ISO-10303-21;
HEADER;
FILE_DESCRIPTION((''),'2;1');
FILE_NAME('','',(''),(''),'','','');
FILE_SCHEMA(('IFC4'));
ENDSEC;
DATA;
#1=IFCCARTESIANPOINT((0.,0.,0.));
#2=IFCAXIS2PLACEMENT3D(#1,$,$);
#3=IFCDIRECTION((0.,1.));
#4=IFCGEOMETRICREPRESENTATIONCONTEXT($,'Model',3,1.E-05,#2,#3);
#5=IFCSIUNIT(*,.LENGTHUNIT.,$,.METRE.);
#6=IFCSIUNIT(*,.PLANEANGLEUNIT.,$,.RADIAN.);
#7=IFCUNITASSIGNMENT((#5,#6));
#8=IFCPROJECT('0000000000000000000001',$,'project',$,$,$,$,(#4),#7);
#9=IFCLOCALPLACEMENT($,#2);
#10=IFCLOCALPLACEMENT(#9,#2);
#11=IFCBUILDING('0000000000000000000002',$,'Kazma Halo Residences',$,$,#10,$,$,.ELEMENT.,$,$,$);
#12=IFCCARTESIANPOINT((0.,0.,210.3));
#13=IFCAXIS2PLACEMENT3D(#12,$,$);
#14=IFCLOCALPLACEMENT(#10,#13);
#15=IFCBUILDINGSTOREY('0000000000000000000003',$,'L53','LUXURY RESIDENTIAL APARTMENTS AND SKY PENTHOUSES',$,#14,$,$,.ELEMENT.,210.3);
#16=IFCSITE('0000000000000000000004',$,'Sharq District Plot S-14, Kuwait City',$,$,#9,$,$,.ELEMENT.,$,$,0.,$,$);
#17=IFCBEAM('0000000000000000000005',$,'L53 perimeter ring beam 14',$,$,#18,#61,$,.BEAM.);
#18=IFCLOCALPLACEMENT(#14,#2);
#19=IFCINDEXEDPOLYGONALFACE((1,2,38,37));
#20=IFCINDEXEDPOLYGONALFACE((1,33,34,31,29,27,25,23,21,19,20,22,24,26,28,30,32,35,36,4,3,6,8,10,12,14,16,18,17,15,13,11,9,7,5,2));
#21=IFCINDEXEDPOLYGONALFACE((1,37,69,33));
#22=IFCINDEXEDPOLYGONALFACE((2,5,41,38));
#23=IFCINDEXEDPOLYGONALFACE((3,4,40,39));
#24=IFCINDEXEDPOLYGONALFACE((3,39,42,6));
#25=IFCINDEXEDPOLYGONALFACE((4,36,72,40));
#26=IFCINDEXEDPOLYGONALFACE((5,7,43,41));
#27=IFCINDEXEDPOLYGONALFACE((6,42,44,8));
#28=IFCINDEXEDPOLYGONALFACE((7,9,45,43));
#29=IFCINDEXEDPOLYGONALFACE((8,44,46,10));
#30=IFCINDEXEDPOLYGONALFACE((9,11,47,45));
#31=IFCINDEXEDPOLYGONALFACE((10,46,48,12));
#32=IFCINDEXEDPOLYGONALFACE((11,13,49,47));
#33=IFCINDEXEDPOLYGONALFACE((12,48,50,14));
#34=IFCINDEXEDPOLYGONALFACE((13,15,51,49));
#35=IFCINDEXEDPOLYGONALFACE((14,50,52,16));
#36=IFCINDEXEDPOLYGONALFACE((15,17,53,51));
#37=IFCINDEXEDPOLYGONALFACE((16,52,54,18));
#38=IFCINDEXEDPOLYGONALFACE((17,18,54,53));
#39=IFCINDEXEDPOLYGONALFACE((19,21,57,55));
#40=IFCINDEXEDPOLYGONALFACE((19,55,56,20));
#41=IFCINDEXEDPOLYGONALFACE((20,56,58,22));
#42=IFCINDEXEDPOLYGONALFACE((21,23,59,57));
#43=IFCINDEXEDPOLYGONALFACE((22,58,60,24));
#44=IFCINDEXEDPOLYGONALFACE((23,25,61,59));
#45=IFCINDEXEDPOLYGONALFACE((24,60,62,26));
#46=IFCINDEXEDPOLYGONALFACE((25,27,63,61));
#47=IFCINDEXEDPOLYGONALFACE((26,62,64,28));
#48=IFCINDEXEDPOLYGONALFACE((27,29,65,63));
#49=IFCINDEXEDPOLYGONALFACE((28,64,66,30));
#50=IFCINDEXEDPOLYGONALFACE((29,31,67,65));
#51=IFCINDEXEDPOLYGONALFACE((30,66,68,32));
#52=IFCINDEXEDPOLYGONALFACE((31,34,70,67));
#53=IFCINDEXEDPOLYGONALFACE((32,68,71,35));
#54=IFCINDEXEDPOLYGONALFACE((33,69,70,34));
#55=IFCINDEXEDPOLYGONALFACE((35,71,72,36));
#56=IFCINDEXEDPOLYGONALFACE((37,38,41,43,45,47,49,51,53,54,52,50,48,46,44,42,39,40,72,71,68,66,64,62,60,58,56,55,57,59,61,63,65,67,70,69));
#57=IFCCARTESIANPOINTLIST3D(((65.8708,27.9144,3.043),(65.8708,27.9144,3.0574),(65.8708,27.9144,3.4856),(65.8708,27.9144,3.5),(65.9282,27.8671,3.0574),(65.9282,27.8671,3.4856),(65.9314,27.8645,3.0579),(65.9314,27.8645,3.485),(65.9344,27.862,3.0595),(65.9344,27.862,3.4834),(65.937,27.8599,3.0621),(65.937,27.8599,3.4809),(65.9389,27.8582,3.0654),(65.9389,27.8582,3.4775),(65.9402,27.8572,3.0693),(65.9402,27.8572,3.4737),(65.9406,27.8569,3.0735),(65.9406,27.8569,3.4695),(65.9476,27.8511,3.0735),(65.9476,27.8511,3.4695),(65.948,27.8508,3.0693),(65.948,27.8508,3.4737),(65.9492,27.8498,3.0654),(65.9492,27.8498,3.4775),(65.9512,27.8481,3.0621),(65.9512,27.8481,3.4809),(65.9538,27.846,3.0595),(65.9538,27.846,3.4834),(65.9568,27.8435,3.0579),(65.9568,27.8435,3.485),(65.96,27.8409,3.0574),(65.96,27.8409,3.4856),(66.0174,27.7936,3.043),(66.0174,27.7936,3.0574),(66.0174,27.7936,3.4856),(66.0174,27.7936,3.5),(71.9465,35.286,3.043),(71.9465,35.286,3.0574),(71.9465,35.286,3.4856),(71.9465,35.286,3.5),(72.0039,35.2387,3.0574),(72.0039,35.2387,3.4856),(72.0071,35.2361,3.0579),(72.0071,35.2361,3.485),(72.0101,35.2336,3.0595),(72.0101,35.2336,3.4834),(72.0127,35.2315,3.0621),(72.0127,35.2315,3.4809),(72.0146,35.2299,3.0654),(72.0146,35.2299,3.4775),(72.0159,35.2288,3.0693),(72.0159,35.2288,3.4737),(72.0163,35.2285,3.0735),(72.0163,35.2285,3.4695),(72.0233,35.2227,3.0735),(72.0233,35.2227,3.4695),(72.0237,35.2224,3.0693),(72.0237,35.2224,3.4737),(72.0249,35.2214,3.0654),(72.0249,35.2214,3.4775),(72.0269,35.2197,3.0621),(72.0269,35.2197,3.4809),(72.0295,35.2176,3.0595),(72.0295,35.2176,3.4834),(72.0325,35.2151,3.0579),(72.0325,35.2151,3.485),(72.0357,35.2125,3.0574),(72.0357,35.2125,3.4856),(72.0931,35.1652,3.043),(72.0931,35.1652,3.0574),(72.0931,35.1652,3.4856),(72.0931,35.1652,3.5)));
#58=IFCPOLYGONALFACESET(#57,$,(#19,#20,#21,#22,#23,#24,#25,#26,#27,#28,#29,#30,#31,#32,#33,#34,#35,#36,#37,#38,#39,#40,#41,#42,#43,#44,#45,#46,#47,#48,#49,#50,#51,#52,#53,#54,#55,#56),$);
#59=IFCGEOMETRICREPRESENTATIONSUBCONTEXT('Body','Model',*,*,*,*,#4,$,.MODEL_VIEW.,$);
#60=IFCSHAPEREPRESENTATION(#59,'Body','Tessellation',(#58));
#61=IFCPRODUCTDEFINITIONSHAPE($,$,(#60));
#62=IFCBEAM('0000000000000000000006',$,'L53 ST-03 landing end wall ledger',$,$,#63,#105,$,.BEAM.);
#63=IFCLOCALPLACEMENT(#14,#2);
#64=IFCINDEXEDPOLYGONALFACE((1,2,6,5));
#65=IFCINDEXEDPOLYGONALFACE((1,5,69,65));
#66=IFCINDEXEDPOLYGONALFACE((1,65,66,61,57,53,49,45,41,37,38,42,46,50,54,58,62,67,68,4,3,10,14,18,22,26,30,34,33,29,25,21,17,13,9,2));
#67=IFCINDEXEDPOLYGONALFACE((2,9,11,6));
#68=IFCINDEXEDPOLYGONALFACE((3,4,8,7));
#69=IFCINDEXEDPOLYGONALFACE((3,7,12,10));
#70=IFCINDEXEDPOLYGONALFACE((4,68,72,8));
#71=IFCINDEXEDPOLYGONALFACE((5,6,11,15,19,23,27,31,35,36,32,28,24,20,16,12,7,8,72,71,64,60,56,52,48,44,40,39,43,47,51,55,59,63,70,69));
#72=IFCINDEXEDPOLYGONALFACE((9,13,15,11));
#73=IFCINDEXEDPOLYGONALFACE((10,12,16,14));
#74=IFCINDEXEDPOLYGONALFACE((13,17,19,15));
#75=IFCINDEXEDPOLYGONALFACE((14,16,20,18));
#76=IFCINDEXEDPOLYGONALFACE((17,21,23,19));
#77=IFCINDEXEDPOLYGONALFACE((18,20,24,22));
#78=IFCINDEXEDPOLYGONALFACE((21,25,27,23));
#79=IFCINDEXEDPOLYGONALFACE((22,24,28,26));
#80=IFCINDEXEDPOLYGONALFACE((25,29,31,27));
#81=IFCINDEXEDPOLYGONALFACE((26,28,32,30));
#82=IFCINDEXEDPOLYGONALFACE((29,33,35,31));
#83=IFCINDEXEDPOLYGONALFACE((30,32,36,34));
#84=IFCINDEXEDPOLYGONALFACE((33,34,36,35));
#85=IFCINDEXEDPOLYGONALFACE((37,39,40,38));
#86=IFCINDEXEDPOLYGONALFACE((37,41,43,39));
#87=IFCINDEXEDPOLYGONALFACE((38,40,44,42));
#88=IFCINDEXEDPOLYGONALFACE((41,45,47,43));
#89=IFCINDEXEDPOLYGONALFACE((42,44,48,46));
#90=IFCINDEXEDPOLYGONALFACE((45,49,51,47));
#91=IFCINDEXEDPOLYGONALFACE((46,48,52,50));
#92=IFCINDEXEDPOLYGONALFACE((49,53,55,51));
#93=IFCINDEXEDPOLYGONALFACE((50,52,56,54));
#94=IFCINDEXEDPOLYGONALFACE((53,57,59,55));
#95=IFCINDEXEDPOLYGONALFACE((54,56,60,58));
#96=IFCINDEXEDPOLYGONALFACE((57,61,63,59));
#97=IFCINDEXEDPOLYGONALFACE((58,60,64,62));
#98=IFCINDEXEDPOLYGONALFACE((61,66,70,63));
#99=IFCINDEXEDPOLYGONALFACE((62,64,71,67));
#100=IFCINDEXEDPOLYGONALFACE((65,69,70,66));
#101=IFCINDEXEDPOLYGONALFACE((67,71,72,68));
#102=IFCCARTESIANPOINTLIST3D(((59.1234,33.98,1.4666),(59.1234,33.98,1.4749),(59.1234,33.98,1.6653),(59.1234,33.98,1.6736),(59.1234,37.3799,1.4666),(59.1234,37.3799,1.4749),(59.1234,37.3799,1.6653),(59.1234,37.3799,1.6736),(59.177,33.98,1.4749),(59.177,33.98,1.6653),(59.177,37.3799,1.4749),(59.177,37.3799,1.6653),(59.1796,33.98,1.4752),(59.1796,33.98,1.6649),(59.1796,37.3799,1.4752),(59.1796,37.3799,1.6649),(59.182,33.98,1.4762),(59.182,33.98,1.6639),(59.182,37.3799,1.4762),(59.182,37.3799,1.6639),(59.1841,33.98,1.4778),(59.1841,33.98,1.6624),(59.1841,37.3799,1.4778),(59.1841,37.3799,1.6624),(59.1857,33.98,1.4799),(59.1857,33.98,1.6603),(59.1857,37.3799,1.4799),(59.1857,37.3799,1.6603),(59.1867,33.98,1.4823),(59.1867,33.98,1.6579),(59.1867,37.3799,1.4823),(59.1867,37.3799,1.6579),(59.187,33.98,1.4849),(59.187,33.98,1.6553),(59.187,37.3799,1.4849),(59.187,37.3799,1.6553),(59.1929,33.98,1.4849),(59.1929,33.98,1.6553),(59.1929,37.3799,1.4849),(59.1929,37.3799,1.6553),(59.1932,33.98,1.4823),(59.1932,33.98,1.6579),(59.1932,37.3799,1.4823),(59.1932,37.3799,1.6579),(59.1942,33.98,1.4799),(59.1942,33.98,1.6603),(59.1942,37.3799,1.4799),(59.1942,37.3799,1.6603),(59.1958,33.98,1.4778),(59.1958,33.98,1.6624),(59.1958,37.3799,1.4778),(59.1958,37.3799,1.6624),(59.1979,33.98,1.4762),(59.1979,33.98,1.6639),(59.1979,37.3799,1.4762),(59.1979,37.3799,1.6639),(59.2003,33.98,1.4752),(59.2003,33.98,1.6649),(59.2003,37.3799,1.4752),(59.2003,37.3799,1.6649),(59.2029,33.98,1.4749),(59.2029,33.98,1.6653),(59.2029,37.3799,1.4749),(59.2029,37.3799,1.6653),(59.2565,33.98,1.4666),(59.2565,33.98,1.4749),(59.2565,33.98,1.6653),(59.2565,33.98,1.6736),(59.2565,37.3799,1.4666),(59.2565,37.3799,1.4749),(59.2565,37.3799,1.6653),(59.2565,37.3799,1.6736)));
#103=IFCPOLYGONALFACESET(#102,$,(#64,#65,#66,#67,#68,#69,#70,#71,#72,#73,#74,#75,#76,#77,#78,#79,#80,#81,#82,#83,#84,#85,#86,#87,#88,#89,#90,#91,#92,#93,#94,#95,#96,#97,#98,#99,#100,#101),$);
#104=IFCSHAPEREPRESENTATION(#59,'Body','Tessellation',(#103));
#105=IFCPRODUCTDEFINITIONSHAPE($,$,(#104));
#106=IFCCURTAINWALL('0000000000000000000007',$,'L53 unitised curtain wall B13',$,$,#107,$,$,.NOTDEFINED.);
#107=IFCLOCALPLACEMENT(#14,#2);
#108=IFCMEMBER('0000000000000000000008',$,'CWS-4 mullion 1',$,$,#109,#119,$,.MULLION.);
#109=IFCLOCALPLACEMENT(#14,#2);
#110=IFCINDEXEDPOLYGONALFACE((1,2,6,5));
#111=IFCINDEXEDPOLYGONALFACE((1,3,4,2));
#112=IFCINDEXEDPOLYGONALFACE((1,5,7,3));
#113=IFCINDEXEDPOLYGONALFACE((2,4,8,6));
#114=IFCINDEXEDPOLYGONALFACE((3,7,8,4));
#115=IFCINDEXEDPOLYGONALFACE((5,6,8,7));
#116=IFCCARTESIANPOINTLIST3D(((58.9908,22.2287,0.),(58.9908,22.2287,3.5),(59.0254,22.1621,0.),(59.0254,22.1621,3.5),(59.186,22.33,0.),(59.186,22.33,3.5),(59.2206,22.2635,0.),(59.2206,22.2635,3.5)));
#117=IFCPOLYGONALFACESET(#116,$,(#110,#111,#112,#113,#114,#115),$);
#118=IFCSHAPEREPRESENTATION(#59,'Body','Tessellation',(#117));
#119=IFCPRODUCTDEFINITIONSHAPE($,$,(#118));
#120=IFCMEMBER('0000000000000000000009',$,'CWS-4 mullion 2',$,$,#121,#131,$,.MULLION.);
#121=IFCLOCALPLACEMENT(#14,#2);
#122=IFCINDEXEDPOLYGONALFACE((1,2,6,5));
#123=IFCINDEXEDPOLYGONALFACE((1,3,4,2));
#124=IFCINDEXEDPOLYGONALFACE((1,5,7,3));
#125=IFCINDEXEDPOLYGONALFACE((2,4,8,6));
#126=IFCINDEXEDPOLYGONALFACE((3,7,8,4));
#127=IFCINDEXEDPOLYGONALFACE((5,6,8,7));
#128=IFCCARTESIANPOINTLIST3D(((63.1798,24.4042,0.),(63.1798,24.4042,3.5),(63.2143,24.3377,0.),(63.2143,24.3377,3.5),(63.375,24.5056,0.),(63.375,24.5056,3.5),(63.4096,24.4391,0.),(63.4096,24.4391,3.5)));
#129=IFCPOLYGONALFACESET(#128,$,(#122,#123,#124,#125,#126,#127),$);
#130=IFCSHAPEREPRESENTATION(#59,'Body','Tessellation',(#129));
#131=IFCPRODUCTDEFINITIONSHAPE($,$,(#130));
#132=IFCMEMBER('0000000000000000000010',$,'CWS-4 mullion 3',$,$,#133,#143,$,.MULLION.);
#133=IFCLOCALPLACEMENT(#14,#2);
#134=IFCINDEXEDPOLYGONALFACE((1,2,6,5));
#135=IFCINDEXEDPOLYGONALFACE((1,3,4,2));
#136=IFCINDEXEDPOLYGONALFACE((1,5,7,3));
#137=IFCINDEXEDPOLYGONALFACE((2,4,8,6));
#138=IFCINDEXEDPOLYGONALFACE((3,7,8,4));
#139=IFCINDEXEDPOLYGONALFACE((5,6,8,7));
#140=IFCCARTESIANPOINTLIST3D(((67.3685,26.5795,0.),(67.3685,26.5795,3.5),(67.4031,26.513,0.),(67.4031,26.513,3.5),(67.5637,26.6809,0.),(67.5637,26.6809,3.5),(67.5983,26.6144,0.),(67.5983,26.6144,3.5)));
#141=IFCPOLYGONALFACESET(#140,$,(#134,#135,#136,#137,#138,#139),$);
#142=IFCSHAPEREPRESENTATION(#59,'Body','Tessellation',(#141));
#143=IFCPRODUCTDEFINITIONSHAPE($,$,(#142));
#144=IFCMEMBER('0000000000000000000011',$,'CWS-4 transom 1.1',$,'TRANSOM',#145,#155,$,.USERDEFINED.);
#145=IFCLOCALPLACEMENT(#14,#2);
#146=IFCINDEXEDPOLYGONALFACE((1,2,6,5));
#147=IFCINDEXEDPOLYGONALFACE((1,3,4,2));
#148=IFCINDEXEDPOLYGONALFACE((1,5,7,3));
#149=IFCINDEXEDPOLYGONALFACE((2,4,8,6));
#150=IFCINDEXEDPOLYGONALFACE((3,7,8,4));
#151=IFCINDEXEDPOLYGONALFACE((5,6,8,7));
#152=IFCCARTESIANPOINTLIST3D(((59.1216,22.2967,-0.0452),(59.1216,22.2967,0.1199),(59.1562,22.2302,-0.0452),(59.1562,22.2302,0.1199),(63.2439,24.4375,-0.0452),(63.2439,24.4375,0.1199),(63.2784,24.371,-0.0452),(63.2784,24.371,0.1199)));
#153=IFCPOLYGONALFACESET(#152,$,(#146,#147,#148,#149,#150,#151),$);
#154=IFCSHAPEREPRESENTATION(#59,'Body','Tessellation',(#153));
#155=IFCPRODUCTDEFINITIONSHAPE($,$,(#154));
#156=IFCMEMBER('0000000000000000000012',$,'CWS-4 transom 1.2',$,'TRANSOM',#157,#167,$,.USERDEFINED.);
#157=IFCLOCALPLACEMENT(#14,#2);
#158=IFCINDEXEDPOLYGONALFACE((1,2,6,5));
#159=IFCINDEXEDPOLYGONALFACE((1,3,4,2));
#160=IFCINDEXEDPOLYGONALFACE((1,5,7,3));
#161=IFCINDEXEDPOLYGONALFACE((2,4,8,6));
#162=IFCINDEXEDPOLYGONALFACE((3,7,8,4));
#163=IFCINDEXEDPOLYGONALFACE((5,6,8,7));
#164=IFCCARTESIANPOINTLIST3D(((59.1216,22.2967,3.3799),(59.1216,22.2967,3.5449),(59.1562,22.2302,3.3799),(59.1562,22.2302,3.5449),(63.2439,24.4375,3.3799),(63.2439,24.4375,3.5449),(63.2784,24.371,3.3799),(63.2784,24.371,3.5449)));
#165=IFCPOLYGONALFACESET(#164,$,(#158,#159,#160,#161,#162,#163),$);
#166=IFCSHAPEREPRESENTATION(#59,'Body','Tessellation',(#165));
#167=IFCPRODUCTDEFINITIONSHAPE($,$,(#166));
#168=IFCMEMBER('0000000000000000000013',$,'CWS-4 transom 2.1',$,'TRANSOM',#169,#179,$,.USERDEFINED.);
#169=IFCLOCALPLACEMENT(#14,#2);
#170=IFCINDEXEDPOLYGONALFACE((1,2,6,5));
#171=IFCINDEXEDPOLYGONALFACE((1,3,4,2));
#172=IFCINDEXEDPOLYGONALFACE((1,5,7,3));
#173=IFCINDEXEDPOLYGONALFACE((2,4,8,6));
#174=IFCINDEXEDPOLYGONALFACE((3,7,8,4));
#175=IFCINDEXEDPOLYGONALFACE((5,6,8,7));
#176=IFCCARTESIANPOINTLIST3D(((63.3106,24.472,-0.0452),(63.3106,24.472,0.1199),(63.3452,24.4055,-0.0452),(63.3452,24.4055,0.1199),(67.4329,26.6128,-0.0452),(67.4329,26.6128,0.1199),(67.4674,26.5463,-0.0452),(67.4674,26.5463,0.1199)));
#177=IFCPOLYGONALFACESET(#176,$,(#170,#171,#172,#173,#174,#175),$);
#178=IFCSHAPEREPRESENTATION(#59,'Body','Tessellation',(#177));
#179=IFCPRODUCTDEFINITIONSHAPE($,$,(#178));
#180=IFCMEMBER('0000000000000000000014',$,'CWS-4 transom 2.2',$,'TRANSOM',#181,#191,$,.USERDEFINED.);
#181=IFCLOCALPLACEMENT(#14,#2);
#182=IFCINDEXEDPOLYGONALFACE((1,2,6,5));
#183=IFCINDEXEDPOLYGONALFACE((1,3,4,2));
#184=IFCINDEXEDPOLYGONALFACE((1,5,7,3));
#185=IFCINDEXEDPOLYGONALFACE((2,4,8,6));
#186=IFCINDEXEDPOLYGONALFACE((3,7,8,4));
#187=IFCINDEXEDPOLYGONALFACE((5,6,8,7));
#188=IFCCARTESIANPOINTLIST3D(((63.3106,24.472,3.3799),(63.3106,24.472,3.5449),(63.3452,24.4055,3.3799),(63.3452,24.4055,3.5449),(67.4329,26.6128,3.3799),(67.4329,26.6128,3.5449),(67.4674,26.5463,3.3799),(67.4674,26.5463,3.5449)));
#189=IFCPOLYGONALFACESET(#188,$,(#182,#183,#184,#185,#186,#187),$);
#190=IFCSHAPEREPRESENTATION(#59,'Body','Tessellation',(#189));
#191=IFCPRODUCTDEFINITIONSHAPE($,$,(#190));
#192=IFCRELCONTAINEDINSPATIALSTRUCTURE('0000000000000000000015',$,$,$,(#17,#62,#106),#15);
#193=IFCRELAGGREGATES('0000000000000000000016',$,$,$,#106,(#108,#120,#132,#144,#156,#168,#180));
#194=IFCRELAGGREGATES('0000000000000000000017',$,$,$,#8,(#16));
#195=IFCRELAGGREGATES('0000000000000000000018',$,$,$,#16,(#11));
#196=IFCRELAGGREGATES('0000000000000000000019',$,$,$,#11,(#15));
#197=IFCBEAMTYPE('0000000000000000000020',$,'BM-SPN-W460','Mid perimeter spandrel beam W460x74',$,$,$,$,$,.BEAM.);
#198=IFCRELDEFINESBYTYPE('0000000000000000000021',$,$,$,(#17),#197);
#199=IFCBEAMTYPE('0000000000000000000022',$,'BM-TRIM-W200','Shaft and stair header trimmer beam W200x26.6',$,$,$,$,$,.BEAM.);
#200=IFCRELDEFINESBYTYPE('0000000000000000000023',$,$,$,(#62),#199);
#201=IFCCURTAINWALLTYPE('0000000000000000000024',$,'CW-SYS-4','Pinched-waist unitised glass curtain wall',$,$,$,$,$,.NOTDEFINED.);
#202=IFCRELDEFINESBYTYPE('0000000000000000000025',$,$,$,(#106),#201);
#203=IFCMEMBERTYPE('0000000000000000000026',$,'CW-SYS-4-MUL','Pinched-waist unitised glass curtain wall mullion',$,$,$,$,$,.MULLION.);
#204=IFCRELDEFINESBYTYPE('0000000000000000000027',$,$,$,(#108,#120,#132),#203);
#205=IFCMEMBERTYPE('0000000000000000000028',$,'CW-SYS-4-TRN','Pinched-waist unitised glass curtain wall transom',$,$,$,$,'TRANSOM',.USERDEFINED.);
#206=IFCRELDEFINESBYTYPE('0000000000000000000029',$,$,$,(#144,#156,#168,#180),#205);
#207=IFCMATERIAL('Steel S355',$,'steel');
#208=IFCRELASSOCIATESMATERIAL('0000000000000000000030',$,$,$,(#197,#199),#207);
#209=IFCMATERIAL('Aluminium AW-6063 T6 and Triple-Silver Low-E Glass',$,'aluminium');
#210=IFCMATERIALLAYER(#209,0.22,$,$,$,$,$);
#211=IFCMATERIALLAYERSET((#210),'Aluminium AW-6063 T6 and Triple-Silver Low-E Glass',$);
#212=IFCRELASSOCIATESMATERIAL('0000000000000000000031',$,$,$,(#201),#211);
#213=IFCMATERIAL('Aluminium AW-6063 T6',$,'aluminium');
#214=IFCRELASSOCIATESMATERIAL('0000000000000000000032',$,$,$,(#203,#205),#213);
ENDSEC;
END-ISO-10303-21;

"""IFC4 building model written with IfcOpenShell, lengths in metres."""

from ifc_helpers import new_model, si_unit, direction, frame, origin, origin_2d, place, context, subcontext, project, spatial, rectangle, i_section, extrude, material, layer, layer_set, material_profile, profile_set, type_object, element, aggregate, save


model = new_model("IFC4")

# Units and contexts
model_context = context("Model", 3, precision=1e-05, world=origin(), true_north=direction((0.0, 1.0)))
body_context = subcontext(model_context, "Body", "Model", "MODEL_VIEW")
ifc_project = project(units=[si_unit("LENGTHUNIT", "METRE"), si_unit("PLANEANGLEUNIT", "RADIAN")], contexts=[model_context])

# Site, building, storey
site_placement = place(None, origin())
site = spatial("IfcSite", under=ifc_project, at=site_placement, Name="Sharq District Plot S-14, Kuwait City", CompositionType="ELEMENT", RefElevation=0.0)
building_placement = place(site_placement, origin())
building = spatial("IfcBuilding", under=site, at=building_placement, Name="Kazma Halo Residences", CompositionType="ELEMENT")
storey_placement = place(building_placement, frame((0.0, 0.0, 210.3)))
storey = spatial("IfcBuildingStorey", under=building, at=storey_placement, Name="L53", Description="LUXURY RESIDENTIAL APARTMENTS AND SKY PENTHOUSES", CompositionType="ELEMENT", Elevation=210.3)

# Beams
ifc_material_1 = material(Name="Steel S355", Category="steel")
ifc_material_profile_1 = material_profile(ifc_material_1, i_section(OverallWidth=0.1899, OverallDepth=0.457, WebThickness=0.009, FlangeThickness=0.0144, FilletRadius=0.0161, at=origin_2d()), Name="W460x74")
ifc_profile_set_1 = profile_set([ifc_material_profile_1], Name="Steel S355")
beam_type_1 = type_object("IfcBeamType", Name="BM-SPN-W460", Description="Mid perimeter spandrel beam W460x74", PredefinedType="BEAM", material=ifc_profile_set_1)
beam_1_placement = place(storey_placement, frame((65.9441, 27.854, 3.2715), z_axis=(0.636017, 0.771675, 0.0), x_axis=(-0.771675, 0.636017, 0.0)))
element("IfcBeam", 1, at=beam_1_placement, inside=storey, type_object=beam_type_1, Name="L53 perimeter ring beam 14", PredefinedType="BEAM", context=body_context, shape_type="SweptSolid", body=[
    extrude(i_section(OverallWidth=0.1899, OverallDepth=0.457, WebThickness=0.009, FlangeThickness=0.0144, FilletRadius=0.0161, at=origin_2d()), origin(), (0.0, 0.0, 1.0), 9.5527),
])
ifc_material_profile_2 = material_profile(ifc_material_1, i_section(OverallWidth=0.1331, OverallDepth=0.207, WebThickness=0.0059, FlangeThickness=0.0083, FilletRadius=0.01, at=origin_2d()), Name="W200x26.6")
ifc_profile_set_2 = profile_set([ifc_material_profile_2], Name="Steel S355")
beam_type_2 = type_object("IfcBeamType", Name="BM-TRIM-W200", Description="Shaft and stair header trimmer beam W200x26.6", PredefinedType="BEAM", material=ifc_profile_set_2)
beam_2_placement = place(storey_placement, frame((59.1899, 33.98, 1.5701), z_axis=(0.0, 1.0, 0.0), x_axis=(-1.0, 0.0, 0.0)))
element("IfcBeam", 2, at=beam_2_placement, inside=storey, type_object=beam_type_2, Name="L53 ST-03 landing end wall ledger", PredefinedType="BEAM", context=body_context, shape_type="SweptSolid", body=[
    extrude(i_section(OverallWidth=0.1331, OverallDepth=0.207, WebThickness=0.0059, FlangeThickness=0.0083, FilletRadius=0.01, at=origin_2d()), origin(), (0.0, 0.0, 1.0), 3.3999),
])

# Curtain wall, members
ifc_material_2 = material(Name="Aluminium AW-6063 T6 and Triple-Silver Low-E Glass", Category="aluminium")
ifc_layer_1 = layer(ifc_material_2, 0.22)
ifc_layer_set_1 = layer_set([ifc_layer_1], Name="Aluminium AW-6063 T6 and Triple-Silver Low-E Glass")
curtain_wall_type = type_object("IfcCurtainWallType", Name="CW-SYS-4", Description="Pinched-waist unitised glass curtain wall", PredefinedType="NOTDEFINED", material=ifc_layer_set_1)
curtain_wall_placement = place(storey_placement, origin())
curtain_wall = element("IfcCurtainWall", 3, at=curtain_wall_placement, inside=storey, type_object=curtain_wall_type, Name="L53 unitised curtain wall B13", PredefinedType="NOTDEFINED")
ifc_material_3 = material(Name="Aluminium AW-6063 T6", Category="aluminium")
ifc_material_profile_3 = material_profile(ifc_material_3, rectangle(XDim=0.075, YDim=0.22, at=origin_2d()), Name="CWM-75x220")
ifc_profile_set_3 = profile_set([ifc_material_profile_3], Name="Aluminium AW-6063 T6")
member_type_1 = type_object("IfcMemberType", Name="CW-SYS-4-MUL", Description="Pinched-waist unitised glass curtain wall mullion", PredefinedType="MULLION", material=ifc_profile_set_3)
member_1_placement = place(storey_placement, frame((59.1057, 22.2461, 0.0), z_axis=(0.0, 0.0, 1.0), x_axis=(-0.460874, 0.887466, 0.0)))
member_1 = element("IfcMember", 4, at=member_1_placement, type_object=member_type_1, Name="CWS-4 mullion 1", PredefinedType="MULLION", context=body_context, shape_type="SweptSolid", body=[
    extrude(rectangle(XDim=0.075, YDim=0.22, at=origin_2d()), origin(), (0.0, 0.0, 1.0), 3.5),
])
member_2_placement = place(storey_placement, frame((63.2947, 24.4216, 0.0), z_axis=(0.0, 0.0, 1.0), x_axis=(-0.460874, 0.887466, 0.0)))
member_2 = element("IfcMember", 5, at=member_2_placement, type_object=member_type_1, Name="CWS-4 mullion 2", PredefinedType="MULLION", context=body_context, shape_type="SweptSolid", body=[
    extrude(rectangle(XDim=0.075, YDim=0.22, at=origin_2d()), origin(), (0.0, 0.0, 1.0), 3.5),
])
member_3_placement = place(storey_placement, frame((67.4834, 26.5969, 0.0), z_axis=(0.0, 0.0, 1.0), x_axis=(-0.460874, 0.887466, 0.0)))
member_3 = element("IfcMember", 6, at=member_3_placement, type_object=member_type_1, Name="CWS-4 mullion 3", PredefinedType="MULLION", context=body_context, shape_type="SweptSolid", body=[
    extrude(rectangle(XDim=0.075, YDim=0.22, at=origin_2d()), origin(), (0.0, 0.0, 1.0), 3.5),
])
ifc_material_profile_4 = material_profile(ifc_material_3, rectangle(XDim=0.075, YDim=0.165, at=origin_2d()), Name="CWT-75x165")
ifc_profile_set_4 = profile_set([ifc_material_profile_4], Name="Aluminium AW-6063 T6")
member_type_2 = type_object("IfcMemberType", Name="CW-SYS-4-TRN", Description="Pinched-waist unitised glass curtain wall transom", ElementType="TRANSOM", PredefinedType="USERDEFINED", material=ifc_profile_set_4)
member_4_placement = place(storey_placement, frame((59.1389, 22.2634, 0.0374), z_axis=(0.887458, 0.460889, 0.0), x_axis=(-0.460889, 0.887458, 0.0)))
member_4 = element("IfcMember", 7, at=member_4_placement, type_object=member_type_2, Name="CWS-4 transom 1.1", ObjectType="TRANSOM", PredefinedType="USERDEFINED", context=body_context, shape_type="SweptSolid", body=[
    extrude(rectangle(XDim=0.075, YDim=0.165, at=origin_2d()), origin(), (0.0, 0.0, 1.0), 4.645),
])
member_5_placement = place(storey_placement, frame((59.1389, 22.2634, 3.4624), z_axis=(0.887458, 0.460889, 0.0), x_axis=(-0.460889, 0.887458, 0.0)))
member_5 = element("IfcMember", 8, at=member_5_placement, type_object=member_type_2, Name="CWS-4 transom 1.2", ObjectType="TRANSOM", PredefinedType="USERDEFINED", context=body_context, shape_type="SweptSolid", body=[
    extrude(rectangle(XDim=0.075, YDim=0.165, at=origin_2d()), origin(), (0.0, 0.0, 1.0), 4.645),
])
member_6_placement = place(storey_placement, frame((63.3279, 24.4387, 0.0374), z_axis=(0.887458, 0.460889, 0.0), x_axis=(-0.460889, 0.887458, 0.0)))
member_6 = element("IfcMember", 9, at=member_6_placement, type_object=member_type_2, Name="CWS-4 transom 2.1", ObjectType="TRANSOM", PredefinedType="USERDEFINED", context=body_context, shape_type="SweptSolid", body=[
    extrude(rectangle(XDim=0.075, YDim=0.165, at=origin_2d()), origin(), (0.0, 0.0, 1.0), 4.645),
])
member_7_placement = place(storey_placement, frame((63.3279, 24.4387, 3.4624), z_axis=(0.887458, 0.460889, 0.0), x_axis=(-0.460889, 0.887458, 0.0)))
member_7 = element("IfcMember", 10, at=member_7_placement, type_object=member_type_2, Name="CWS-4 transom 2.2", ObjectType="TRANSOM", PredefinedType="USERDEFINED", context=body_context, shape_type="SweptSolid", body=[
    extrude(rectangle(XDim=0.075, YDim=0.165, at=origin_2d()), origin(), (0.0, 0.0, 1.0), 4.645),
])
aggregate(curtain_wall, [member_1, member_2, member_3, member_4, member_5, member_6, member_7])

save(model, "model.ifc")
